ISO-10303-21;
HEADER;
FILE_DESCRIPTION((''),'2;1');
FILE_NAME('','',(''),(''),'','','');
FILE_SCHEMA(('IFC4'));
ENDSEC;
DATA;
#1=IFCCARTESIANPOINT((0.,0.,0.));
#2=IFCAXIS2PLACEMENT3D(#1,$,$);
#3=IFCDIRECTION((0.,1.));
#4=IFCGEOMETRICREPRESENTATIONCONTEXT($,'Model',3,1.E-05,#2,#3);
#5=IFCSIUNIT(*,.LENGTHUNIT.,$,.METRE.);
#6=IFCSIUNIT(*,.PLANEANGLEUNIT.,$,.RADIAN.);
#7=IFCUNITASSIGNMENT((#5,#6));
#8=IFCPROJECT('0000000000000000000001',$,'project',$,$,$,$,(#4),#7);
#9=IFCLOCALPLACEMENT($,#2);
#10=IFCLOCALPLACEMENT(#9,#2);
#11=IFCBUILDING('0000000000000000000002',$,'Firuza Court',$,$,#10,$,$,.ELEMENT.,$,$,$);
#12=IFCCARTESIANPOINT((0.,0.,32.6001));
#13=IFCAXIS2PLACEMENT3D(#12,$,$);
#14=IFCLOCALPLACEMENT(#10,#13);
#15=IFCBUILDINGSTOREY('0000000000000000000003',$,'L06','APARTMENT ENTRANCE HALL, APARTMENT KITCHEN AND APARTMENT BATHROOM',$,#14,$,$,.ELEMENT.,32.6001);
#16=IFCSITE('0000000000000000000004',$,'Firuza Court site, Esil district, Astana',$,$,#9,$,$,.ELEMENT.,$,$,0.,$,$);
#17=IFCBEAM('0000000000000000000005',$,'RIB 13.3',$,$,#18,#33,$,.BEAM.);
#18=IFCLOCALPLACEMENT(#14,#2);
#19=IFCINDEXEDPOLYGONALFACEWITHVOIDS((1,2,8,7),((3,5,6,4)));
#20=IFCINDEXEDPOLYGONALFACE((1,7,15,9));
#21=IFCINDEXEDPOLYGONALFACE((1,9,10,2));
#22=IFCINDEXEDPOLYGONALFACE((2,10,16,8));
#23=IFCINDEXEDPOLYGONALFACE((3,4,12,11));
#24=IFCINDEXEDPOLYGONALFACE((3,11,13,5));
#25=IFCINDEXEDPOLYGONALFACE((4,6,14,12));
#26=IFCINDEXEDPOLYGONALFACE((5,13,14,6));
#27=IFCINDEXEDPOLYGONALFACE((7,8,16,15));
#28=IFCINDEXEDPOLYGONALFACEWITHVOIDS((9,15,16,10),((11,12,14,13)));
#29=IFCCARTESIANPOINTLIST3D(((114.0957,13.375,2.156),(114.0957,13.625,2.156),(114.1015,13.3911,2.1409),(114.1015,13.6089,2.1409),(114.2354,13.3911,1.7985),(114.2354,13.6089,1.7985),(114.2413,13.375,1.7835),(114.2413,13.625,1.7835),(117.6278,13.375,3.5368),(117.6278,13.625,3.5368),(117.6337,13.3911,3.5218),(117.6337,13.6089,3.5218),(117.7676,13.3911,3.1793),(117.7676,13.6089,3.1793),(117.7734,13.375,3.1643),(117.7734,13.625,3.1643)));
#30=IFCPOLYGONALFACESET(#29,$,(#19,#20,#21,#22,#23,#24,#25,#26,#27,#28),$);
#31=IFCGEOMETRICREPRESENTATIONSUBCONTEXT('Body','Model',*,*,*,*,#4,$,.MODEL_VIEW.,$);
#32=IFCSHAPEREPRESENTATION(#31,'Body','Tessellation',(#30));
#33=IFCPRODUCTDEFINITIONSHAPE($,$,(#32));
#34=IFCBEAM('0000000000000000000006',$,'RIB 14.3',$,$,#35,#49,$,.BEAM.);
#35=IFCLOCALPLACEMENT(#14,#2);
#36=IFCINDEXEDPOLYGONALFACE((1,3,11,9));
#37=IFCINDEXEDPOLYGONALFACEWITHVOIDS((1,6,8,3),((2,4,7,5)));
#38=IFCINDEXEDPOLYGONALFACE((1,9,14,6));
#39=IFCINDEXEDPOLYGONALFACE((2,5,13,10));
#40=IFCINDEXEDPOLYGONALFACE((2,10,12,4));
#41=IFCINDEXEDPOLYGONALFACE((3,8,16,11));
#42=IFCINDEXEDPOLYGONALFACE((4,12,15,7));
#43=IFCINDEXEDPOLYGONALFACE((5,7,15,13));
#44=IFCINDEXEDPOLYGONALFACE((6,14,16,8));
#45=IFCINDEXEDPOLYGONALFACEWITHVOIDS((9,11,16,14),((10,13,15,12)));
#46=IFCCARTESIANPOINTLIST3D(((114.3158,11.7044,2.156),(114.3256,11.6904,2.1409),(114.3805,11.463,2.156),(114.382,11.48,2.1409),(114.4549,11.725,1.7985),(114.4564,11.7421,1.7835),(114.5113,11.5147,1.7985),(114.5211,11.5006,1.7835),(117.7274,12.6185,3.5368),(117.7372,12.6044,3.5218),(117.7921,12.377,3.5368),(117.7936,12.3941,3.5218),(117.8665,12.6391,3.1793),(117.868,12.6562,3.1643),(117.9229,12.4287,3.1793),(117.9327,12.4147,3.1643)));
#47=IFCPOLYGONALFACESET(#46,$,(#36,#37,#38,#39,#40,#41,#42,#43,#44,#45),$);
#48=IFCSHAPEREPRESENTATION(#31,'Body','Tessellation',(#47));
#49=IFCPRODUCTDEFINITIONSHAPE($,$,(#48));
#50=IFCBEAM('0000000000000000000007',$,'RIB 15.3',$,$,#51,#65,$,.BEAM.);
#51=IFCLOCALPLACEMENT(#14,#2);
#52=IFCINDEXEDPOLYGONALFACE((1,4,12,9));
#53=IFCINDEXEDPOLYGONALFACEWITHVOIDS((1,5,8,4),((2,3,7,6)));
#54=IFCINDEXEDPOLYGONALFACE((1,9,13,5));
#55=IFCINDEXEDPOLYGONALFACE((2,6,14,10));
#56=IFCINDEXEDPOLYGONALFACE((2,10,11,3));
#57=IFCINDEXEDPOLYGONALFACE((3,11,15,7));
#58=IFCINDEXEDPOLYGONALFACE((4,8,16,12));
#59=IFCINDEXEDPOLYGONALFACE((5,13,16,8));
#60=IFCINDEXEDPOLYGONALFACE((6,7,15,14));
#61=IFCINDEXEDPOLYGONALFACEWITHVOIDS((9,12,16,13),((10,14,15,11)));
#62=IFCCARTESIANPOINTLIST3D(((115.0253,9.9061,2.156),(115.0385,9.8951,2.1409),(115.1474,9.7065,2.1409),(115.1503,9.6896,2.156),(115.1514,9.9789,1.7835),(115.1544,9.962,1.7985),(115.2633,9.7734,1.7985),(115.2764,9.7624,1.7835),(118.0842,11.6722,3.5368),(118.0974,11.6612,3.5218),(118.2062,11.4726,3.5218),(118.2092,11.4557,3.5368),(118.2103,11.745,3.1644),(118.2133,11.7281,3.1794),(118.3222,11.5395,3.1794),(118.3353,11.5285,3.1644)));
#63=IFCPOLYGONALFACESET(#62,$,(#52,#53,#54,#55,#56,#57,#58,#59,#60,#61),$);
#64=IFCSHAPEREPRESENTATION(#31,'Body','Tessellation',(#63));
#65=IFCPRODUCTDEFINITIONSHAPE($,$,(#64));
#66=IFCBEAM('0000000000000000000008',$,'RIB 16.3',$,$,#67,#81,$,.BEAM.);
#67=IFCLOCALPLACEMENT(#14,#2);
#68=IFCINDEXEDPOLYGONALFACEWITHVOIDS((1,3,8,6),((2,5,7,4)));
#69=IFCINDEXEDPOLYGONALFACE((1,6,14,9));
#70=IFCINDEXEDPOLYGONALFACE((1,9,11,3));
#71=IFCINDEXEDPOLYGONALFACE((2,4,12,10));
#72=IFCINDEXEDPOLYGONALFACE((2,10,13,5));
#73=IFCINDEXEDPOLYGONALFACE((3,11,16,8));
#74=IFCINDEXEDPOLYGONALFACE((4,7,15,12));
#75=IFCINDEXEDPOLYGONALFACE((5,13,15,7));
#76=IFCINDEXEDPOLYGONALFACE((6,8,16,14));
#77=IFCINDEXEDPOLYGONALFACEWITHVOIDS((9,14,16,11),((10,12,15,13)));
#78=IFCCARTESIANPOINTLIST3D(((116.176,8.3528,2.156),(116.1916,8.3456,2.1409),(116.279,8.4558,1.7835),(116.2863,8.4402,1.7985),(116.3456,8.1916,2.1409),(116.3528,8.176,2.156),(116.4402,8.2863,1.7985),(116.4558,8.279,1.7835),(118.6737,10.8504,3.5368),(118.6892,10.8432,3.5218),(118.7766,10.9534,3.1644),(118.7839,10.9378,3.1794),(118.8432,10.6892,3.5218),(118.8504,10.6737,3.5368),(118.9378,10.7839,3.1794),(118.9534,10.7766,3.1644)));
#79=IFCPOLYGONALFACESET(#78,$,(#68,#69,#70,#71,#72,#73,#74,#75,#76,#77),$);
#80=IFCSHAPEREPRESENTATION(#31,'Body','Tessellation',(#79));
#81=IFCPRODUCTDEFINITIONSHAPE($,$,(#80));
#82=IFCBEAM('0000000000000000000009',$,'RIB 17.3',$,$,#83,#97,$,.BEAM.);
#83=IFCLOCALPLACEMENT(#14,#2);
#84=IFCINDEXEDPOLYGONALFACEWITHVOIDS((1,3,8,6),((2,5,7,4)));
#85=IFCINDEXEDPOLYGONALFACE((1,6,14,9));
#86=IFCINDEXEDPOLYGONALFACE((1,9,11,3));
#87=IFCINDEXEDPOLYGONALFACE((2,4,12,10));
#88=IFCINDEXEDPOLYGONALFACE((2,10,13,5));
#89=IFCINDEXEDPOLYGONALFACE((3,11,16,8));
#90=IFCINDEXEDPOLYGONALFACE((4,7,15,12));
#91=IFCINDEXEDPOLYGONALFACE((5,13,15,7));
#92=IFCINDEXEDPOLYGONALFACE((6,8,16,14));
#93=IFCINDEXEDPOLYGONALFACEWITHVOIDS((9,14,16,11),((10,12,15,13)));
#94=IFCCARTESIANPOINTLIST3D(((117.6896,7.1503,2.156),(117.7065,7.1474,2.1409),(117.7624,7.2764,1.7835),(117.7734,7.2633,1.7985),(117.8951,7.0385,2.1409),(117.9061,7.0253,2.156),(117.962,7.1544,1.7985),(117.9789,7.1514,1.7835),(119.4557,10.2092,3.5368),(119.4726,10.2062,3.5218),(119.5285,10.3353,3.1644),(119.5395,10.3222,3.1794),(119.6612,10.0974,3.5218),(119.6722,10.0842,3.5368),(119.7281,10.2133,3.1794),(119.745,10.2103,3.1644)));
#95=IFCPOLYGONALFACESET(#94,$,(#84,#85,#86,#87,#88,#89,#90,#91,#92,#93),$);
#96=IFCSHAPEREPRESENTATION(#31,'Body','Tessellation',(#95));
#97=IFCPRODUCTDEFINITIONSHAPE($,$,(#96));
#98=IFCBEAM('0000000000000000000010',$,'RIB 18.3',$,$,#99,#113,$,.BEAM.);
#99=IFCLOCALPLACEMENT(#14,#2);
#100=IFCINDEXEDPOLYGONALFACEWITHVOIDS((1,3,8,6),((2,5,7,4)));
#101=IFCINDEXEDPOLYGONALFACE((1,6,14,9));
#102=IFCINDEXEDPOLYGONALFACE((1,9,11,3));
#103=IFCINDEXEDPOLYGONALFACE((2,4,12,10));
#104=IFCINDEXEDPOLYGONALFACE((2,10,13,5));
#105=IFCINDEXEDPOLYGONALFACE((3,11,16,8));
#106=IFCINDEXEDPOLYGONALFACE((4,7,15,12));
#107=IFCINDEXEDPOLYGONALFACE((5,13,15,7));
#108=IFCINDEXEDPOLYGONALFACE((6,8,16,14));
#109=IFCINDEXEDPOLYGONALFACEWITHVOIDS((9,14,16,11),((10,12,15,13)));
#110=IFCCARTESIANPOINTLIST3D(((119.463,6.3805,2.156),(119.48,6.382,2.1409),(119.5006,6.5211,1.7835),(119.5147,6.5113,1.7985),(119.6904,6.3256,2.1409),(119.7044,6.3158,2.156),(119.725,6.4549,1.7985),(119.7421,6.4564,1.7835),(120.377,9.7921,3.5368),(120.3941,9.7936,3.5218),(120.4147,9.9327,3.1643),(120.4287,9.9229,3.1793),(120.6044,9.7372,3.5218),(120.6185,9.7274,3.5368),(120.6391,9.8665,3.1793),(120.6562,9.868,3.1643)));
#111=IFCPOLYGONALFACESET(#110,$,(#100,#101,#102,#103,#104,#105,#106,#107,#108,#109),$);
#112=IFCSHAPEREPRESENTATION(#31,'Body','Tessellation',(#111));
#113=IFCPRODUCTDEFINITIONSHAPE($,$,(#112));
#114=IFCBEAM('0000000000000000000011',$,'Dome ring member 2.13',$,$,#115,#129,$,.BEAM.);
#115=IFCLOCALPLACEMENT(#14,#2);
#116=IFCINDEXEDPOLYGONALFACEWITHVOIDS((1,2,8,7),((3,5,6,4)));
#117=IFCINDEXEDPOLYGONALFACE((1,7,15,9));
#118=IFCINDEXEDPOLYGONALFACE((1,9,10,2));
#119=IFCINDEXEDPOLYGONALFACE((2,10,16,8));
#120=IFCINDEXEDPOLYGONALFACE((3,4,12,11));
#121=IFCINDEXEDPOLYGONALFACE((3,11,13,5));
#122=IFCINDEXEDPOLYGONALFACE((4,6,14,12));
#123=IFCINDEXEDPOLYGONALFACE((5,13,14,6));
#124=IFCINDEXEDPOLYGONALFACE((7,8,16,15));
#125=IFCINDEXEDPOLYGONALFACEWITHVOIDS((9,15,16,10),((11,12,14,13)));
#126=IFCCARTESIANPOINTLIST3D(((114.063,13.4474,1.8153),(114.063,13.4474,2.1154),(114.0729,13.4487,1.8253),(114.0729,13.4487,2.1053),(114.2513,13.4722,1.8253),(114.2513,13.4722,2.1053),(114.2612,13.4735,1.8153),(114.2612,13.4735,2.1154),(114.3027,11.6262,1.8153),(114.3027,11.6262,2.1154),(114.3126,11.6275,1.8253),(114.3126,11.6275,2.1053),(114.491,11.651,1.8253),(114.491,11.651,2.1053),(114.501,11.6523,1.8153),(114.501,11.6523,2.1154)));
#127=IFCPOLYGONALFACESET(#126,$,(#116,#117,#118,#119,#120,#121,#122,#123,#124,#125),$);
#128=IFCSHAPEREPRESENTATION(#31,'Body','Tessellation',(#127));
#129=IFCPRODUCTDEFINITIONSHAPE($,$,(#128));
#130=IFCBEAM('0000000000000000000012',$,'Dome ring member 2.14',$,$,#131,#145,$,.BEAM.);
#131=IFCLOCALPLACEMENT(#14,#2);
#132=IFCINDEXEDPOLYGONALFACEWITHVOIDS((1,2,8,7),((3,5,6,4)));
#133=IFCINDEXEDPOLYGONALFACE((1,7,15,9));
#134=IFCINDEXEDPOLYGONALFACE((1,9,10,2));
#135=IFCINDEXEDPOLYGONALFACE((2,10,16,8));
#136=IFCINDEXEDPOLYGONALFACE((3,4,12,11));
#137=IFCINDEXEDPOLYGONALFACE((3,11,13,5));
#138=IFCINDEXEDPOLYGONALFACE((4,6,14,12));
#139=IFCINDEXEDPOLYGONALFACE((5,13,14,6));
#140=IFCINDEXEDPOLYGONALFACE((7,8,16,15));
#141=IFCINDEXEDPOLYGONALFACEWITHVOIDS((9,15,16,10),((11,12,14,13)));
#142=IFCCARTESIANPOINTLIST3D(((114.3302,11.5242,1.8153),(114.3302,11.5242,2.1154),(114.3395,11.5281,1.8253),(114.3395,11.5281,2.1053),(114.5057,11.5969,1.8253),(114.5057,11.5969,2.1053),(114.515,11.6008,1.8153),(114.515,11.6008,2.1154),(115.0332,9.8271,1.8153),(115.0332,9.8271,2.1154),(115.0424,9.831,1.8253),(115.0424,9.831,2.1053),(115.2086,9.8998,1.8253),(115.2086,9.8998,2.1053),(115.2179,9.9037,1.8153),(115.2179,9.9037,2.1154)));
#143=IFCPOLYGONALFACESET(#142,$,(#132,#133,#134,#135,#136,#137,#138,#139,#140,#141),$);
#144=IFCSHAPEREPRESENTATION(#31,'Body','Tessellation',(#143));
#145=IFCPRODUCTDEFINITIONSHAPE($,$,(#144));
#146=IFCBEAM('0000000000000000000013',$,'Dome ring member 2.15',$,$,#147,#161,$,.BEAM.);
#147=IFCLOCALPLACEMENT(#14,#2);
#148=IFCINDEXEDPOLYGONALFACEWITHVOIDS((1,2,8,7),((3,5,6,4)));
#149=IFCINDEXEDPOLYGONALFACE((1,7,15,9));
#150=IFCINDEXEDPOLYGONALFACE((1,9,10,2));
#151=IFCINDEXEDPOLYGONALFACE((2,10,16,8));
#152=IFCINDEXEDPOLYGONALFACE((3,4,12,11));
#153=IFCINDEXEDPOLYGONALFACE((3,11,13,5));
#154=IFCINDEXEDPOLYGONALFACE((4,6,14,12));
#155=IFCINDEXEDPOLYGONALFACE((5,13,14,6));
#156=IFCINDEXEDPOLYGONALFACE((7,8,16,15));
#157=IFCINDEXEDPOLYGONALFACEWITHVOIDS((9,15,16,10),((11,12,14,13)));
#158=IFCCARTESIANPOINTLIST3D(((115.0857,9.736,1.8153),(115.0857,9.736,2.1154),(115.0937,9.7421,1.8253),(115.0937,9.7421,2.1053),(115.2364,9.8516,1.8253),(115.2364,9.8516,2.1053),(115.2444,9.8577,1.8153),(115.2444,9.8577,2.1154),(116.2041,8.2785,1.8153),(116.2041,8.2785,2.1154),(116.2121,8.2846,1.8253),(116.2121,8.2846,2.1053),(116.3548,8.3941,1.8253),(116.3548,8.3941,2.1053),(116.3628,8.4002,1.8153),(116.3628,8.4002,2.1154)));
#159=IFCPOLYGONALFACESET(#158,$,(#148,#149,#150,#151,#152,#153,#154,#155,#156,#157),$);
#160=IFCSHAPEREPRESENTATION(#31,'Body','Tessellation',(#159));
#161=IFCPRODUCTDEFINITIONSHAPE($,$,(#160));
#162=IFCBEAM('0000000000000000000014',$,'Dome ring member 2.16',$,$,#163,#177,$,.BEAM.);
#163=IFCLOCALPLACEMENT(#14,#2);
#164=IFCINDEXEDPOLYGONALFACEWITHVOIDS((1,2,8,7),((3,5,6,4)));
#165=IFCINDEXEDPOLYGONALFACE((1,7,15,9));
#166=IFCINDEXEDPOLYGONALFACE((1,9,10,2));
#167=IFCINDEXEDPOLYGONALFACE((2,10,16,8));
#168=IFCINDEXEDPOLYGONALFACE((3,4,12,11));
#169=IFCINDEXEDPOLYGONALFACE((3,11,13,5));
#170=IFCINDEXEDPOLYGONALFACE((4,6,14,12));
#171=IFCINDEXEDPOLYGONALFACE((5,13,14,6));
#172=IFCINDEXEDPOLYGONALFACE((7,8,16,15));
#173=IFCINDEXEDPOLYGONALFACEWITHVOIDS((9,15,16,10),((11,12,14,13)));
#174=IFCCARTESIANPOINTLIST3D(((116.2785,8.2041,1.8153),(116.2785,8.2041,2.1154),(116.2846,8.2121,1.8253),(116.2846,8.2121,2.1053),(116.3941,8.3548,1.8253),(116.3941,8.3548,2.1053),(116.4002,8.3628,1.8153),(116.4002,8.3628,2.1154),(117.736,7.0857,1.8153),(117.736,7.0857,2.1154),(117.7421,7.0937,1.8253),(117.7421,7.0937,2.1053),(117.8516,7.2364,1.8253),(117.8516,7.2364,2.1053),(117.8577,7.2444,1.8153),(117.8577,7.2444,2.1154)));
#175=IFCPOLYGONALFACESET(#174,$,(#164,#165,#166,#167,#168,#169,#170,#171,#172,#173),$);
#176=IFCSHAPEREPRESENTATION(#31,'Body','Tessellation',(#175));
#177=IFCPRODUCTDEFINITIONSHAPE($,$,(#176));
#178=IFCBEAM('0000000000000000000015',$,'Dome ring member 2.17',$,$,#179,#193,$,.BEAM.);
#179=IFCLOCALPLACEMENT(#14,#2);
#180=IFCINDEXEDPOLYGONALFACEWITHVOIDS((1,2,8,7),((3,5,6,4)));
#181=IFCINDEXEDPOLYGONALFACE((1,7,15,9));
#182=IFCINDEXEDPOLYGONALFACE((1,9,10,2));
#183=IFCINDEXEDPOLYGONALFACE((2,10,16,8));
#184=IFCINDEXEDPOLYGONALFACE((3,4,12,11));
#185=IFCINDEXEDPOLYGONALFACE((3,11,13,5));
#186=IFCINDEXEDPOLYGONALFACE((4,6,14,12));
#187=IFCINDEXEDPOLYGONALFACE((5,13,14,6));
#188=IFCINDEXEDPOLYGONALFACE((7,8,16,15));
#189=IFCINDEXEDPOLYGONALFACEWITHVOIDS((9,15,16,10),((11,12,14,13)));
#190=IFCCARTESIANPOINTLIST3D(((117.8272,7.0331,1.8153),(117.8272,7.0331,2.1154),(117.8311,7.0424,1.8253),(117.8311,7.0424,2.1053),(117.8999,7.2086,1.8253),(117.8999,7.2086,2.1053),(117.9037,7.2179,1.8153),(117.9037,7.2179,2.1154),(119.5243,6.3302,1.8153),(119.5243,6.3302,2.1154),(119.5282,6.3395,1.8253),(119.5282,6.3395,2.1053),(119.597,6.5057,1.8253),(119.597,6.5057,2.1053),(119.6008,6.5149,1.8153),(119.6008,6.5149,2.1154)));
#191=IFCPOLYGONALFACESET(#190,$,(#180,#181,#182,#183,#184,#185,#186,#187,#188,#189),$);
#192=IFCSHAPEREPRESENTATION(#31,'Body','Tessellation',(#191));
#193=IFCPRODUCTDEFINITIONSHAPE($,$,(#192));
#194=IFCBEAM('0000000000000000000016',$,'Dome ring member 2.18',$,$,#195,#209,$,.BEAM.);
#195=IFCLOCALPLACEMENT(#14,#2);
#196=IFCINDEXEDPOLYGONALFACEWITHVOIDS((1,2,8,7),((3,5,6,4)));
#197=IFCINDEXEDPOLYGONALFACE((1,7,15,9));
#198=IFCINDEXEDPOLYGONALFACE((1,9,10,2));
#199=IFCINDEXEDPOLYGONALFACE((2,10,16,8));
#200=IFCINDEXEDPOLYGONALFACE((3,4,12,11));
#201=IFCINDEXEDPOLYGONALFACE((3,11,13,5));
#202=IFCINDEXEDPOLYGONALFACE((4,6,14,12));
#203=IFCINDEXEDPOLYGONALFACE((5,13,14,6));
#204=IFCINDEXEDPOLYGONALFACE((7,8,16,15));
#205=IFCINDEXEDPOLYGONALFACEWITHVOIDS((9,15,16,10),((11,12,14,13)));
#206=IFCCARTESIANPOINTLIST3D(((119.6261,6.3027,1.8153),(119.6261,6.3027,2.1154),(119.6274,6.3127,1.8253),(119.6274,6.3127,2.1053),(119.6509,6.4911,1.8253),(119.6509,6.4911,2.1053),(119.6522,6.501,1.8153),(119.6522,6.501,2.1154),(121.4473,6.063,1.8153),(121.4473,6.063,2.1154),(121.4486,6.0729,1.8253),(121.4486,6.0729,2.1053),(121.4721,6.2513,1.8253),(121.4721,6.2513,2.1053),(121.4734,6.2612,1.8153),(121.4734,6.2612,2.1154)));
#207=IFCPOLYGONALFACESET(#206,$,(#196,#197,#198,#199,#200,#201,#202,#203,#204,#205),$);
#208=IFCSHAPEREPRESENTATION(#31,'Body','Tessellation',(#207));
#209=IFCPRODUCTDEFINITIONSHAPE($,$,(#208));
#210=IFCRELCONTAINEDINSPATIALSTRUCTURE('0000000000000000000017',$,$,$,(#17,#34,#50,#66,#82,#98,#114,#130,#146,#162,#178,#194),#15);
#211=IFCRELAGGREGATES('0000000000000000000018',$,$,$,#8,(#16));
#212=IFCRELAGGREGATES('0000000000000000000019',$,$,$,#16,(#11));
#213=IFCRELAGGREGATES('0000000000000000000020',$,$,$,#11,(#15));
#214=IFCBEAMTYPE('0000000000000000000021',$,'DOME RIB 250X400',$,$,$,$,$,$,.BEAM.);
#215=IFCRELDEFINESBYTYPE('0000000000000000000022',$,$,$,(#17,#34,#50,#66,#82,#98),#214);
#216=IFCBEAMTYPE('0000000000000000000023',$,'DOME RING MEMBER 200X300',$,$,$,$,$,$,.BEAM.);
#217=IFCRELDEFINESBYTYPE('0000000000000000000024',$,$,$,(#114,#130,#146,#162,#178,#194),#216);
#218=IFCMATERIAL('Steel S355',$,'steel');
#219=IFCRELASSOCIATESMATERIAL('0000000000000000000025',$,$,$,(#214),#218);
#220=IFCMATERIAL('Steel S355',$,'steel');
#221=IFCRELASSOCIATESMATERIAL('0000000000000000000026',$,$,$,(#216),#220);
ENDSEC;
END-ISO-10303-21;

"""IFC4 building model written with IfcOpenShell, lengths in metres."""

from ifc_helpers import new_model, si_unit, direction, frame, origin, origin_2d, place, context, subcontext, project, spatial, hollow_rectangle, extrude, material, material_profile, profile_set, type_object, element, save


model = new_model("IFC4")

# Units and contexts
model_context = context("Model", 3, precision=1e-05, world=origin(), true_north=direction((0.0, 1.0)))
body_context = subcontext(model_context, "Body", "Model", "MODEL_VIEW")
ifc_project = project(units=[si_unit("LENGTHUNIT", "METRE"), si_unit("PLANEANGLEUNIT", "RADIAN")], contexts=[model_context])

# Site, building, storey
site_placement = place(None, origin())
site = spatial("IfcSite", under=ifc_project, at=site_placement, Name="Firuza Court site, Esil district, Astana", CompositionType="ELEMENT", RefElevation=0.0)
building_placement = place(site_placement, origin())
building = spatial("IfcBuilding", under=site, at=building_placement, Name="Firuza Court", CompositionType="ELEMENT")
storey_placement = place(building_placement, frame((0.0, 0.0, 32.6001)))
storey = spatial("IfcBuildingStorey", under=building, at=storey_placement, Name="L06", Description="APARTMENT ENTRANCE HALL, APARTMENT KITCHEN AND APARTMENT BATHROOM", CompositionType="ELEMENT", Elevation=32.6001)

# Beams
ifc_material_1 = material(Name="Steel S355", Category="steel")
ifc_material_profile_1 = material_profile(ifc_material_1, hollow_rectangle(XDim=0.25, YDim=0.3999, WallThickness=0.0161, at=origin_2d()), Name="RHS 400X250X16")
ifc_profile_set_1 = profile_set([ifc_material_profile_1], Name="Steel S355")
beam_type_1 = type_object("IfcBeamType", Name="DOME RIB 250X400", PredefinedType="BEAM", material=ifc_profile_set_1)
beam_1_placement = place(storey_placement, frame((114.1685, 13.5, 1.9697), z_axis=(0.931361, 0.0, 0.364098), x_axis=(0.0, 1.0, 0.0)))
element("IfcBeam", 1, at=beam_1_placement, inside=storey, type_object=beam_type_1, Name="RIB 13.3", PredefinedType="BEAM", context=body_context, shape_type="SweptSolid", body=[
    extrude(hollow_rectangle(XDim=0.25, YDim=0.3999, WallThickness=0.0161, at=origin_2d()), origin(), (0.0, 0.0, 1.0), 3.7925),
])
beam_2_placement = place(storey_placement, frame((114.4185, 11.6025, 1.9697), z_axis=(0.899621, 0.241032, 0.364123), x_axis=(-0.258798, 0.965931, 0.0)))
element("IfcBeam", 2, at=beam_2_placement, inside=storey, type_object=beam_type_1, Name="RIB 14.3", PredefinedType="BEAM", context=body_context, shape_type="SweptSolid", body=[
    extrude(hollow_rectangle(XDim=0.25, YDim=0.3999, WallThickness=0.0161, at=origin_2d()), origin(), (0.0, 0.0, 1.0), 3.7922),
])
for number, where, z_axis, x_axis, name in (
    (3, (115.1509, 9.8342, 1.9697), (0.806567, 0.465696, 0.364111), (-0.50002, 0.866014, 0.0), "RIB 15.3"),
    (4, (116.3159, 8.3159, 1.9697), (0.658568, 0.658568, 0.364111), (-0.707107, 0.707107, 0.0), "RIB 16.3"),
    (5, (117.8342, 7.1509, 1.9697), (0.465696, 0.806567, 0.364111), (-0.866014, 0.50002, 0.0), "RIB 17.3"),
):
    element("IfcBeam", number, at=place(storey_placement, frame(where, z_axis=z_axis, x_axis=x_axis)), inside=storey, type_object=beam_type_1, Name=name, PredefinedType="BEAM", context=body_context, shape_type="SweptSolid", body=[
        extrude(hollow_rectangle(XDim=0.25, YDim=0.3999, WallThickness=0.0161, at=origin_2d()), origin(), (0.0, 0.0, 1.0), 3.7925),
    ])
beam_3_placement = place(storey_placement, frame((119.6025, 6.4185, 1.9697), z_axis=(0.241032, 0.899621, 0.364123), x_axis=(-0.965931, 0.258798, 0.0)))
element("IfcBeam", 6, at=beam_3_placement, inside=storey, type_object=beam_type_1, Name="RIB 18.3", PredefinedType="BEAM", context=body_context, shape_type="SweptSolid", body=[
    extrude(hollow_rectangle(XDim=0.25, YDim=0.3999, WallThickness=0.0161, at=origin_2d()), origin(), (0.0, 0.0, 1.0), 3.7922),
])
ifc_material_2 = material(Name="Steel S355", Category="steel")
ifc_material_profile_2 = material_profile(ifc_material_2, hollow_rectangle(XDim=0.2, YDim=0.3, WallThickness=0.01, at=origin_2d()), Name="RHS 300X200X10")
ifc_profile_set_2 = profile_set([ifc_material_profile_2], Name="Steel S355")
beam_type_2 = type_object("IfcBeamType", Name="DOME RING MEMBER 200X300", PredefinedType="BEAM", material=ifc_profile_set_2)
for number, where, z_axis, x_axis, name in (
    (7, (114.1621, 13.4604, 1.9653), (0.13051, -0.991447, 0.0), (0.991447, 0.13051, 0.0), "Dome ring member 2.13"),
    (8, (114.4226, 11.5625, 1.9653), (0.382661, -0.923889, 0.0), (0.923889, 0.382661, 0.0), "Dome ring member 2.14"),
):
    element("IfcBeam", number, at=place(storey_placement, frame(where, z_axis=z_axis, x_axis=x_axis)), inside=storey, type_object=beam_type_2, Name=name, PredefinedType="BEAM", context=body_context, shape_type="SweptSolid", body=[
        extrude(hollow_rectangle(XDim=0.2, YDim=0.3, WallThickness=0.01, at=origin_2d()), origin(), (0.0, 0.0, 1.0), 1.8369),
    ])
for number, where, z_axis, x_axis, name in (
    (9, (115.165, 9.7969, 1.9653), (0.608766, -0.79335, 0.0), (0.79335, 0.608766, 0.0), "Dome ring member 2.15"),
    (10, (116.3394, 8.2834, 1.9653), (0.79335, -0.608766, 0.0), (0.608766, 0.79335, 0.0), "Dome ring member 2.16"),
):
    element("IfcBeam", number, at=place(storey_placement, frame(where, z_axis=z_axis, x_axis=x_axis)), inside=storey, type_object=beam_type_2, Name=name, PredefinedType="BEAM", context=body_context, shape_type="SweptSolid", body=[
        extrude(hollow_rectangle(XDim=0.2, YDim=0.3, WallThickness=0.01, at=origin_2d()), origin(), (0.0, 0.0, 1.0), 1.8372),
    ])
for number, where, z_axis, x_axis, name in (
    (11, (117.8655, 7.1255, 1.9653), (0.923889, -0.382661, 0.0), (0.382661, 0.923889, 0.0), "Dome ring member 2.17"),
    (12, (119.6392, 6.4019, 1.9653), (0.991447, -0.13051, 0.0), (0.13051, 0.991447, 0.0), "Dome ring member 2.18"),
):
    element("IfcBeam", number, at=place(storey_placement, frame(where, z_axis=z_axis, x_axis=x_axis)), inside=storey, type_object=beam_type_2, Name=name, PredefinedType="BEAM", context=body_context, shape_type="SweptSolid", body=[
        extrude(hollow_rectangle(XDim=0.2, YDim=0.3, WallThickness=0.01, at=origin_2d()), origin(), (0.0, 0.0, 1.0), 1.8369),
    ])

save(model, "model.ifc")
